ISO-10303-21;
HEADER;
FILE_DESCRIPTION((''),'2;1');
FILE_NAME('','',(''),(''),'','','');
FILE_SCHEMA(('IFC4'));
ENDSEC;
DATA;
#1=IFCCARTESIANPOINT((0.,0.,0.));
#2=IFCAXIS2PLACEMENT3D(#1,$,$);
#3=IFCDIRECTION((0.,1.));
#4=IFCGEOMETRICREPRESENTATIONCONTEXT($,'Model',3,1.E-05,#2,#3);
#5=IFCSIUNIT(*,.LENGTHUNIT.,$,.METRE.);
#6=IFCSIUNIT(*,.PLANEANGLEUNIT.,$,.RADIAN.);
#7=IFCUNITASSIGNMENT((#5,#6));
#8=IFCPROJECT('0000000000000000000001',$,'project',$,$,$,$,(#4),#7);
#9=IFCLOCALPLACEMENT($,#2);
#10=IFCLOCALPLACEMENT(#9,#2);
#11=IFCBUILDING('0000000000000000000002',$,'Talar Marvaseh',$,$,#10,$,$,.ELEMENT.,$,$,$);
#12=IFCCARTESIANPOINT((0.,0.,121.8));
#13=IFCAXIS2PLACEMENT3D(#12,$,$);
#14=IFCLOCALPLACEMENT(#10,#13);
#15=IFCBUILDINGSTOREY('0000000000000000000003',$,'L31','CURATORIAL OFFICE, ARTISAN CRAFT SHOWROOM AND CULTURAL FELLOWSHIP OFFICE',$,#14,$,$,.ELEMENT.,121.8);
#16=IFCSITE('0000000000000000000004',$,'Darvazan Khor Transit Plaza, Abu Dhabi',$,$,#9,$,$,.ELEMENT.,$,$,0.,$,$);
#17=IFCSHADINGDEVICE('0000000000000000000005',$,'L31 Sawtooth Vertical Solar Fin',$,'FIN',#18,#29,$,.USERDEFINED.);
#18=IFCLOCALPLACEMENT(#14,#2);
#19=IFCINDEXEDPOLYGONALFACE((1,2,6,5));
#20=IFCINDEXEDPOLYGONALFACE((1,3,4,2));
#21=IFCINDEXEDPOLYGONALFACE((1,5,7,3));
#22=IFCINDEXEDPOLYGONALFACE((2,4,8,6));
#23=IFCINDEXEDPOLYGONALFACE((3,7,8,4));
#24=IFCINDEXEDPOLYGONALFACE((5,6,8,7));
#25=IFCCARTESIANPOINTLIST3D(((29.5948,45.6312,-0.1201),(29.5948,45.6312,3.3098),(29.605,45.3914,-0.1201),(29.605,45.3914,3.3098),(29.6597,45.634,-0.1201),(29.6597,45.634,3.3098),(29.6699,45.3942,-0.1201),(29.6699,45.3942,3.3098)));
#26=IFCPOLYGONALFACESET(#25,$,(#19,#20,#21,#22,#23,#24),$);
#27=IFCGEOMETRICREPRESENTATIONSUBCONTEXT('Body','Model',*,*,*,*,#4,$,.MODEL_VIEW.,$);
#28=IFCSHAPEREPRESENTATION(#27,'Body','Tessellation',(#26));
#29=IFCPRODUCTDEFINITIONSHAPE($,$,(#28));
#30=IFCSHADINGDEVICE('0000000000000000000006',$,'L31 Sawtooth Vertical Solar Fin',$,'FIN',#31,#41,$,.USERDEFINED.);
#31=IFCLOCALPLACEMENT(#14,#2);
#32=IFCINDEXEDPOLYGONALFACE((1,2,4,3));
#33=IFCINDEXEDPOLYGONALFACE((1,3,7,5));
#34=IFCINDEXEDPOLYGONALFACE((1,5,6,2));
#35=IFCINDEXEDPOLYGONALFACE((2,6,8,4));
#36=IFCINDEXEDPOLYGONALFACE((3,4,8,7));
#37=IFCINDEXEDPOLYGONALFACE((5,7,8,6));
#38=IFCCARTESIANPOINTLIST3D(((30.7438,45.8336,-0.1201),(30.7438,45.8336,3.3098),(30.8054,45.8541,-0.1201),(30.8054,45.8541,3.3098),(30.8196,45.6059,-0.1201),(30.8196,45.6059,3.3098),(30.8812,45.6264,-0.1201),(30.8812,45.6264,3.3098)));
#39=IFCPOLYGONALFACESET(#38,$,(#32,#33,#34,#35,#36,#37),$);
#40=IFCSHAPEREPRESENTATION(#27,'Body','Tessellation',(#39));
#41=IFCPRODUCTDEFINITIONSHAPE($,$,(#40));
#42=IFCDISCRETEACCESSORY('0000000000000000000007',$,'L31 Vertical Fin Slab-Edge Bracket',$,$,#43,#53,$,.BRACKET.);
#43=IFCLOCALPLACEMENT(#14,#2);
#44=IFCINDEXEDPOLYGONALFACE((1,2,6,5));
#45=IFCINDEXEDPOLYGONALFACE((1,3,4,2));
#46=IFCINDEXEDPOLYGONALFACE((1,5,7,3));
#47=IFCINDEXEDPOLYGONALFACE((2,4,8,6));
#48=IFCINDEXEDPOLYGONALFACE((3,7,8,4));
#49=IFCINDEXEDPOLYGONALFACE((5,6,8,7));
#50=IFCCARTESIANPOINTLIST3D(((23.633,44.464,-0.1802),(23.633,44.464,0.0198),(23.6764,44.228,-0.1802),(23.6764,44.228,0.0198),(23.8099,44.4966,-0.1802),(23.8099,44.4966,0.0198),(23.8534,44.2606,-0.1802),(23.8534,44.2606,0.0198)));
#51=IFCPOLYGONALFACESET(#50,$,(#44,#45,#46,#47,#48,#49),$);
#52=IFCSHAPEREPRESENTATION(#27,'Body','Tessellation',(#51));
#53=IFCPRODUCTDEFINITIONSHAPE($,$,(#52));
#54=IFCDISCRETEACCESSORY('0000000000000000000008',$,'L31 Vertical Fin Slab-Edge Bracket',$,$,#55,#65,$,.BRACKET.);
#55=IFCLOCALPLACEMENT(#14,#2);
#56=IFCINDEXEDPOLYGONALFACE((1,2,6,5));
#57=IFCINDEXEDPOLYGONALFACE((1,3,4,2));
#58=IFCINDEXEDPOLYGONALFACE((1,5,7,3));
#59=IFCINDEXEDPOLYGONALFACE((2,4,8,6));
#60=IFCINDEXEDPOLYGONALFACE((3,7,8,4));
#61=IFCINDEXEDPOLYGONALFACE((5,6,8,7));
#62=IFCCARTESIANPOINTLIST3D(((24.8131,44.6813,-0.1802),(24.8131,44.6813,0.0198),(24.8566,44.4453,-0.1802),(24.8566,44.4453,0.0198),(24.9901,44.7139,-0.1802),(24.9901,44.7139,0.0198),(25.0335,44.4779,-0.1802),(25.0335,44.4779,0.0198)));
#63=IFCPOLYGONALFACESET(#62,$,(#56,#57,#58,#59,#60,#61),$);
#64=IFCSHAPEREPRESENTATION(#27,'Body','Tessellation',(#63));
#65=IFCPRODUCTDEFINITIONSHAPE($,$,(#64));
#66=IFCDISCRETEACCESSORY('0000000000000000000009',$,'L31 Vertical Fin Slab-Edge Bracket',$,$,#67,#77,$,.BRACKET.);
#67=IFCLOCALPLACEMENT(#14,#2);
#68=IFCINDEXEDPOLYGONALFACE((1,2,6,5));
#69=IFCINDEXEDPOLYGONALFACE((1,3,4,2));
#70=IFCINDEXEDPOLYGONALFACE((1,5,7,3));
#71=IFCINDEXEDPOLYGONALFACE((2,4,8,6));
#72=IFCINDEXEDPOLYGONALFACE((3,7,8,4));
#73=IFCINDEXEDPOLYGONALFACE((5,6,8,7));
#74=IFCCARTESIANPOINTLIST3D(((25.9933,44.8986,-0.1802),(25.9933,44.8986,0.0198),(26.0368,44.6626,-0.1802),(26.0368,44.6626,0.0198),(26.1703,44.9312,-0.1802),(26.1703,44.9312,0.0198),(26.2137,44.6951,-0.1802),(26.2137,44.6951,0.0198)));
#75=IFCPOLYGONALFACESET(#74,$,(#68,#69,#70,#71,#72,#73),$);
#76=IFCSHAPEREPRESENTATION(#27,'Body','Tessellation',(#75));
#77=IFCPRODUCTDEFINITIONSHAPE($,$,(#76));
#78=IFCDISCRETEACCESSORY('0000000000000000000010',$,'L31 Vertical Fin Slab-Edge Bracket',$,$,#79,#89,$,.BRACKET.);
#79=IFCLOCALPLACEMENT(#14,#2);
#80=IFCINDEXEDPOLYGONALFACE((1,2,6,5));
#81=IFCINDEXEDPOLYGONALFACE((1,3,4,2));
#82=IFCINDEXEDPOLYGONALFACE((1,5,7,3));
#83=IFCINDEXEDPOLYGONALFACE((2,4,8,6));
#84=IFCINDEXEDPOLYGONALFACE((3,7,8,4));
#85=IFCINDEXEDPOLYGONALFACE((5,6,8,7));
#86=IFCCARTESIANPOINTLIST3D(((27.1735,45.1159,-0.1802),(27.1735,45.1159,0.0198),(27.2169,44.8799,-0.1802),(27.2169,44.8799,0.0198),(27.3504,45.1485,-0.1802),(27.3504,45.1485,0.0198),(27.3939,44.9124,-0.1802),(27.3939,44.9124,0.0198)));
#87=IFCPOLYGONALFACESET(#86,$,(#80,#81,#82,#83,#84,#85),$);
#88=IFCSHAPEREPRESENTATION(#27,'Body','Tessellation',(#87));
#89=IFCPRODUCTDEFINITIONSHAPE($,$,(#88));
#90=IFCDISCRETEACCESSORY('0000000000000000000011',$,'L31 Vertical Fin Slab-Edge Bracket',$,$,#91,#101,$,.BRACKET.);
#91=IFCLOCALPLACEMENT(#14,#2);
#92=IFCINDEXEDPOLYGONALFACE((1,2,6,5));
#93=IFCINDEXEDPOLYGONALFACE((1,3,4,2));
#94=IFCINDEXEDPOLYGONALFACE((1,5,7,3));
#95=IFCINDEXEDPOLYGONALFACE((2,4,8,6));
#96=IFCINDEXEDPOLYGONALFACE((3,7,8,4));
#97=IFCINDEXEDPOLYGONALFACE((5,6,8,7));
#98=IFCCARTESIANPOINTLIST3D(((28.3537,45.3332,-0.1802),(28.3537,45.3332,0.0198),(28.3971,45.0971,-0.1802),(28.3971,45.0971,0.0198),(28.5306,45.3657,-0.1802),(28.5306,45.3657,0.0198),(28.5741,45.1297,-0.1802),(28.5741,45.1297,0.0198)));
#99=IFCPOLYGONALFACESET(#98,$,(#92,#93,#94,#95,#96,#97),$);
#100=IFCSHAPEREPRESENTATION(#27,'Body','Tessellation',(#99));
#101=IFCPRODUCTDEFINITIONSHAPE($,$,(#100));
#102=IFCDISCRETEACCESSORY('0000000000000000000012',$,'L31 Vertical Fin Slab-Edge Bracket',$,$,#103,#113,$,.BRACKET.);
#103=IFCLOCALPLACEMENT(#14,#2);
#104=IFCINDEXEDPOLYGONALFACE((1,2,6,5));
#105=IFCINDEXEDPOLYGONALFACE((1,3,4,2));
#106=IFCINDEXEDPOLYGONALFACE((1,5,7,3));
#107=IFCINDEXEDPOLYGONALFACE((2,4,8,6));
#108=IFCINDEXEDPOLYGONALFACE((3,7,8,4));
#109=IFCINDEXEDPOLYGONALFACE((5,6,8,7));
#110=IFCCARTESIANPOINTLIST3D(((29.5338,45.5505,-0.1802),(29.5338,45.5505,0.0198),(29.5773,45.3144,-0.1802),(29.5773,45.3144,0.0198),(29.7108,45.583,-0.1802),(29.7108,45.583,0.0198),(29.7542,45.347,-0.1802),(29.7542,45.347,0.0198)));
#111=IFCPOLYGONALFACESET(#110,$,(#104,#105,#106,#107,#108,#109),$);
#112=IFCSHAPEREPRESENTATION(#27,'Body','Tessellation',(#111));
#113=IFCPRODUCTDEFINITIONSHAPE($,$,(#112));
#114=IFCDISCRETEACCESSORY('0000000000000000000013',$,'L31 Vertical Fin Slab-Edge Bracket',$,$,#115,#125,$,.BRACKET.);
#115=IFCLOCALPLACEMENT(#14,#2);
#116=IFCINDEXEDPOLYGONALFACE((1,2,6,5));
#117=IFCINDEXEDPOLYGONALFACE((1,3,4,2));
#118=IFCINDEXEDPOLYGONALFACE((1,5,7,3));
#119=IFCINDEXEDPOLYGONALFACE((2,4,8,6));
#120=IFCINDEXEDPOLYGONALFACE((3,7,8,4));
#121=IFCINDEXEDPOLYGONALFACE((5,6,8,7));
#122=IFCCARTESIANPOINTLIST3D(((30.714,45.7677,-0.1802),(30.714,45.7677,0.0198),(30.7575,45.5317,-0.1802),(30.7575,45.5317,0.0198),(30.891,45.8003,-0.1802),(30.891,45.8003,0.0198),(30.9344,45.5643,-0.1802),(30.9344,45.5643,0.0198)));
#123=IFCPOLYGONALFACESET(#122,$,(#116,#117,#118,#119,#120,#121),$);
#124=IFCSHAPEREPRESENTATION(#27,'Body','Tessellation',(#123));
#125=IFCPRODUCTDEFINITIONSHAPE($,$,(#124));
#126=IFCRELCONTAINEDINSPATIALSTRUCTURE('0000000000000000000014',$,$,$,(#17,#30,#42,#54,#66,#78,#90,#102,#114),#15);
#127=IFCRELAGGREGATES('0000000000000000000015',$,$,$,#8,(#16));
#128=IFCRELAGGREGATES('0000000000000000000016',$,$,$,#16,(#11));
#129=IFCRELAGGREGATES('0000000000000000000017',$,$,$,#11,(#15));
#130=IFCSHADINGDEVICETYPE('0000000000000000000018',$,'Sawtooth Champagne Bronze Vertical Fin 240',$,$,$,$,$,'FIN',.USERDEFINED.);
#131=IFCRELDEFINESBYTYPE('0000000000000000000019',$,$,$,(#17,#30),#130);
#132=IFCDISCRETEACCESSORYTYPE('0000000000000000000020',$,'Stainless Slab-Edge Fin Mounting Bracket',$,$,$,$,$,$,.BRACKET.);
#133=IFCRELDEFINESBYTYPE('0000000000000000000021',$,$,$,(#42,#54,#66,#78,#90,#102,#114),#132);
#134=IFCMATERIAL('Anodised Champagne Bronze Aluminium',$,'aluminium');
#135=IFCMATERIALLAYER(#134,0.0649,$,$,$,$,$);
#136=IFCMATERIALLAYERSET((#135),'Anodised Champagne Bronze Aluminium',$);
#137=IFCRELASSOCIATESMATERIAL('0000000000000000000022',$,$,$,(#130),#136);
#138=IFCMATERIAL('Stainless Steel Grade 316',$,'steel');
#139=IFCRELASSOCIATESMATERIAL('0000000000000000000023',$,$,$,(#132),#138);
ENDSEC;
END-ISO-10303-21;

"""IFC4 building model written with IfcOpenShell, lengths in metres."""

from ifc_helpers import new_model, si_unit, direction, frame, origin, origin_2d, place, context, subcontext, project, spatial, rectangle, extrude, source, transform, mapped, material, layer, layer_set, type_object, type_shapes, element, save


model = new_model("IFC4")

# Units and contexts
model_context = context("Model", 3, precision=1e-05, world=origin(), true_north=direction((0.0, 1.0)))
body_context = subcontext(model_context, "Body", "Model", "MODEL_VIEW")
ifc_project = project(units=[si_unit("LENGTHUNIT", "METRE"), si_unit("PLANEANGLEUNIT", "RADIAN")], contexts=[model_context])

# Site, building, storey
site_placement = place(None, origin())
site = spatial("IfcSite", under=ifc_project, at=site_placement, Name="Darvazan Khor Transit Plaza, Abu Dhabi", CompositionType="ELEMENT", RefElevation=0.0)
building_placement = place(site_placement, origin())
building = spatial("IfcBuilding", under=site, at=building_placement, Name="Talar Marvaseh", CompositionType="ELEMENT")
storey_placement = place(building_placement, frame((0.0, 0.0, 121.8)))
storey = spatial("IfcBuildingStorey", under=building, at=storey_placement, Name="L31", Description="CURATORIAL OFFICE, ARTISAN CRAFT SHOWROOM AND CULTURAL FELLOWSHIP OFFICE", CompositionType="ELEMENT", Elevation=121.8)

# Shading devices
ifc_material_1 = material(Name="Anodised Champagne Bronze Aluminium", Category="aluminium")
ifc_layer_1 = layer(ifc_material_1, 0.0649)
ifc_layer_set_1 = layer_set([ifc_layer_1], Name="Anodised Champagne Bronze Aluminium")
shading_device_type = type_object("IfcShadingDeviceType", Name="Sawtooth Champagne Bronze Vertical Fin 240", ElementType="FIN", PredefinedType="USERDEFINED", material=ifc_layer_set_1)
shared_shape_1 = source(origin(), body_context, "Body", "SweptSolid", [
    extrude(rectangle(XDim=0.24, YDim=0.0649, at=origin_2d()), origin(), (0.0, 0.0, 1.0), 3.4299),
])
type_shapes(shading_device_type, [shared_shape_1])
for number, where, z_axis, x_axis, name in (
    (1, (29.6323, 45.5127, -0.1201), (0.0, 0.0, 1.0), (-0.042399, 0.999101, 0.0), "L31 Sawtooth Vertical Solar Fin"),
    (2, (30.8125, 45.73, -0.1201), (0.0, 0.0, 1.0), (-0.316146, 0.948711, 0.0), "L31 Sawtooth Vertical Solar Fin"),
):
    element("IfcShadingDevice", number, at=place(storey_placement, frame(where, z_axis=z_axis, x_axis=x_axis)), inside=storey, type_object=shading_device_type, Name=name, ObjectType="FIN", PredefinedType="USERDEFINED", context=body_context, shape_type="MappedRepresentation", body=[
        mapped(shared_shape_1, transform((0.0, 0.0, 0.0), x_axis=(1.0, 0.0, 0.0), y_axis=(0.0, 1.0, 0.0), z_axis=(0.0, 0.0, 1.0), scale=1.0)),
    ])

# Discrete accessories
ifc_material_2 = material(Name="Stainless Steel Grade 316", Category="steel")
discrete_accessory_type = type_object("IfcDiscreteAccessoryType", Name="Stainless Slab-Edge Fin Mounting Bracket", PredefinedType="BRACKET", material=ifc_material_2)
shared_shape_2 = source(origin(), body_context, "Body", "SweptSolid", [
    extrude(rectangle(XDim=0.24, YDim=0.1799, at=origin_2d()), origin(), (0.0, 0.0, 1.0), 0.2),
])
type_shapes(discrete_accessory_type, [shared_shape_2])
for number, where, z_axis, x_axis, name in (
    (3, (23.7432, 44.3623, -0.1802), (0.0, 0.0, 1.0), (-0.181034, 0.983477, 0.0), "L31 Vertical Fin Slab-Edge Bracket"),
    (4, (24.9233, 44.5796, -0.1802), (0.0, 0.0, 1.0), (-0.181034, 0.983477, 0.0), "L31 Vertical Fin Slab-Edge Bracket"),
    (5, (26.1035, 44.7969, -0.1802), (0.0, 0.0, 1.0), (-0.181034, 0.983477, 0.0), "L31 Vertical Fin Slab-Edge Bracket"),
    (6, (27.2837, 45.0142, -0.1802), (0.0, 0.0, 1.0), (-0.181034, 0.983477, 0.0), "L31 Vertical Fin Slab-Edge Bracket"),
    (7, (28.4639, 45.2314, -0.1802), (0.0, 0.0, 1.0), (-0.181034, 0.983477, 0.0), "L31 Vertical Fin Slab-Edge Bracket"),
    (8, (29.644, 45.4487, -0.1802), (0.0, 0.0, 1.0), (-0.181034, 0.983477, 0.0), "L31 Vertical Fin Slab-Edge Bracket"),
    (9, (30.8242, 45.666, -0.1802), (0.0, 0.0, 1.0), (-0.181034, 0.983477, 0.0), "L31 Vertical Fin Slab-Edge Bracket"),
):
    element("IfcDiscreteAccessory", number, at=place(storey_placement, frame(where, z_axis=z_axis, x_axis=x_axis)), inside=storey, type_object=discrete_accessory_type, Name=name, PredefinedType="BRACKET", context=body_context, shape_type="MappedRepresentation", body=[
        mapped(shared_shape_2, transform((0.0, 0.0, 0.0), x_axis=(1.0, 0.0, 0.0), y_axis=(0.0, 1.0, 0.0), z_axis=(0.0, 0.0, 1.0), scale=1.0)),
    ])

save(model, "model.ifc")
